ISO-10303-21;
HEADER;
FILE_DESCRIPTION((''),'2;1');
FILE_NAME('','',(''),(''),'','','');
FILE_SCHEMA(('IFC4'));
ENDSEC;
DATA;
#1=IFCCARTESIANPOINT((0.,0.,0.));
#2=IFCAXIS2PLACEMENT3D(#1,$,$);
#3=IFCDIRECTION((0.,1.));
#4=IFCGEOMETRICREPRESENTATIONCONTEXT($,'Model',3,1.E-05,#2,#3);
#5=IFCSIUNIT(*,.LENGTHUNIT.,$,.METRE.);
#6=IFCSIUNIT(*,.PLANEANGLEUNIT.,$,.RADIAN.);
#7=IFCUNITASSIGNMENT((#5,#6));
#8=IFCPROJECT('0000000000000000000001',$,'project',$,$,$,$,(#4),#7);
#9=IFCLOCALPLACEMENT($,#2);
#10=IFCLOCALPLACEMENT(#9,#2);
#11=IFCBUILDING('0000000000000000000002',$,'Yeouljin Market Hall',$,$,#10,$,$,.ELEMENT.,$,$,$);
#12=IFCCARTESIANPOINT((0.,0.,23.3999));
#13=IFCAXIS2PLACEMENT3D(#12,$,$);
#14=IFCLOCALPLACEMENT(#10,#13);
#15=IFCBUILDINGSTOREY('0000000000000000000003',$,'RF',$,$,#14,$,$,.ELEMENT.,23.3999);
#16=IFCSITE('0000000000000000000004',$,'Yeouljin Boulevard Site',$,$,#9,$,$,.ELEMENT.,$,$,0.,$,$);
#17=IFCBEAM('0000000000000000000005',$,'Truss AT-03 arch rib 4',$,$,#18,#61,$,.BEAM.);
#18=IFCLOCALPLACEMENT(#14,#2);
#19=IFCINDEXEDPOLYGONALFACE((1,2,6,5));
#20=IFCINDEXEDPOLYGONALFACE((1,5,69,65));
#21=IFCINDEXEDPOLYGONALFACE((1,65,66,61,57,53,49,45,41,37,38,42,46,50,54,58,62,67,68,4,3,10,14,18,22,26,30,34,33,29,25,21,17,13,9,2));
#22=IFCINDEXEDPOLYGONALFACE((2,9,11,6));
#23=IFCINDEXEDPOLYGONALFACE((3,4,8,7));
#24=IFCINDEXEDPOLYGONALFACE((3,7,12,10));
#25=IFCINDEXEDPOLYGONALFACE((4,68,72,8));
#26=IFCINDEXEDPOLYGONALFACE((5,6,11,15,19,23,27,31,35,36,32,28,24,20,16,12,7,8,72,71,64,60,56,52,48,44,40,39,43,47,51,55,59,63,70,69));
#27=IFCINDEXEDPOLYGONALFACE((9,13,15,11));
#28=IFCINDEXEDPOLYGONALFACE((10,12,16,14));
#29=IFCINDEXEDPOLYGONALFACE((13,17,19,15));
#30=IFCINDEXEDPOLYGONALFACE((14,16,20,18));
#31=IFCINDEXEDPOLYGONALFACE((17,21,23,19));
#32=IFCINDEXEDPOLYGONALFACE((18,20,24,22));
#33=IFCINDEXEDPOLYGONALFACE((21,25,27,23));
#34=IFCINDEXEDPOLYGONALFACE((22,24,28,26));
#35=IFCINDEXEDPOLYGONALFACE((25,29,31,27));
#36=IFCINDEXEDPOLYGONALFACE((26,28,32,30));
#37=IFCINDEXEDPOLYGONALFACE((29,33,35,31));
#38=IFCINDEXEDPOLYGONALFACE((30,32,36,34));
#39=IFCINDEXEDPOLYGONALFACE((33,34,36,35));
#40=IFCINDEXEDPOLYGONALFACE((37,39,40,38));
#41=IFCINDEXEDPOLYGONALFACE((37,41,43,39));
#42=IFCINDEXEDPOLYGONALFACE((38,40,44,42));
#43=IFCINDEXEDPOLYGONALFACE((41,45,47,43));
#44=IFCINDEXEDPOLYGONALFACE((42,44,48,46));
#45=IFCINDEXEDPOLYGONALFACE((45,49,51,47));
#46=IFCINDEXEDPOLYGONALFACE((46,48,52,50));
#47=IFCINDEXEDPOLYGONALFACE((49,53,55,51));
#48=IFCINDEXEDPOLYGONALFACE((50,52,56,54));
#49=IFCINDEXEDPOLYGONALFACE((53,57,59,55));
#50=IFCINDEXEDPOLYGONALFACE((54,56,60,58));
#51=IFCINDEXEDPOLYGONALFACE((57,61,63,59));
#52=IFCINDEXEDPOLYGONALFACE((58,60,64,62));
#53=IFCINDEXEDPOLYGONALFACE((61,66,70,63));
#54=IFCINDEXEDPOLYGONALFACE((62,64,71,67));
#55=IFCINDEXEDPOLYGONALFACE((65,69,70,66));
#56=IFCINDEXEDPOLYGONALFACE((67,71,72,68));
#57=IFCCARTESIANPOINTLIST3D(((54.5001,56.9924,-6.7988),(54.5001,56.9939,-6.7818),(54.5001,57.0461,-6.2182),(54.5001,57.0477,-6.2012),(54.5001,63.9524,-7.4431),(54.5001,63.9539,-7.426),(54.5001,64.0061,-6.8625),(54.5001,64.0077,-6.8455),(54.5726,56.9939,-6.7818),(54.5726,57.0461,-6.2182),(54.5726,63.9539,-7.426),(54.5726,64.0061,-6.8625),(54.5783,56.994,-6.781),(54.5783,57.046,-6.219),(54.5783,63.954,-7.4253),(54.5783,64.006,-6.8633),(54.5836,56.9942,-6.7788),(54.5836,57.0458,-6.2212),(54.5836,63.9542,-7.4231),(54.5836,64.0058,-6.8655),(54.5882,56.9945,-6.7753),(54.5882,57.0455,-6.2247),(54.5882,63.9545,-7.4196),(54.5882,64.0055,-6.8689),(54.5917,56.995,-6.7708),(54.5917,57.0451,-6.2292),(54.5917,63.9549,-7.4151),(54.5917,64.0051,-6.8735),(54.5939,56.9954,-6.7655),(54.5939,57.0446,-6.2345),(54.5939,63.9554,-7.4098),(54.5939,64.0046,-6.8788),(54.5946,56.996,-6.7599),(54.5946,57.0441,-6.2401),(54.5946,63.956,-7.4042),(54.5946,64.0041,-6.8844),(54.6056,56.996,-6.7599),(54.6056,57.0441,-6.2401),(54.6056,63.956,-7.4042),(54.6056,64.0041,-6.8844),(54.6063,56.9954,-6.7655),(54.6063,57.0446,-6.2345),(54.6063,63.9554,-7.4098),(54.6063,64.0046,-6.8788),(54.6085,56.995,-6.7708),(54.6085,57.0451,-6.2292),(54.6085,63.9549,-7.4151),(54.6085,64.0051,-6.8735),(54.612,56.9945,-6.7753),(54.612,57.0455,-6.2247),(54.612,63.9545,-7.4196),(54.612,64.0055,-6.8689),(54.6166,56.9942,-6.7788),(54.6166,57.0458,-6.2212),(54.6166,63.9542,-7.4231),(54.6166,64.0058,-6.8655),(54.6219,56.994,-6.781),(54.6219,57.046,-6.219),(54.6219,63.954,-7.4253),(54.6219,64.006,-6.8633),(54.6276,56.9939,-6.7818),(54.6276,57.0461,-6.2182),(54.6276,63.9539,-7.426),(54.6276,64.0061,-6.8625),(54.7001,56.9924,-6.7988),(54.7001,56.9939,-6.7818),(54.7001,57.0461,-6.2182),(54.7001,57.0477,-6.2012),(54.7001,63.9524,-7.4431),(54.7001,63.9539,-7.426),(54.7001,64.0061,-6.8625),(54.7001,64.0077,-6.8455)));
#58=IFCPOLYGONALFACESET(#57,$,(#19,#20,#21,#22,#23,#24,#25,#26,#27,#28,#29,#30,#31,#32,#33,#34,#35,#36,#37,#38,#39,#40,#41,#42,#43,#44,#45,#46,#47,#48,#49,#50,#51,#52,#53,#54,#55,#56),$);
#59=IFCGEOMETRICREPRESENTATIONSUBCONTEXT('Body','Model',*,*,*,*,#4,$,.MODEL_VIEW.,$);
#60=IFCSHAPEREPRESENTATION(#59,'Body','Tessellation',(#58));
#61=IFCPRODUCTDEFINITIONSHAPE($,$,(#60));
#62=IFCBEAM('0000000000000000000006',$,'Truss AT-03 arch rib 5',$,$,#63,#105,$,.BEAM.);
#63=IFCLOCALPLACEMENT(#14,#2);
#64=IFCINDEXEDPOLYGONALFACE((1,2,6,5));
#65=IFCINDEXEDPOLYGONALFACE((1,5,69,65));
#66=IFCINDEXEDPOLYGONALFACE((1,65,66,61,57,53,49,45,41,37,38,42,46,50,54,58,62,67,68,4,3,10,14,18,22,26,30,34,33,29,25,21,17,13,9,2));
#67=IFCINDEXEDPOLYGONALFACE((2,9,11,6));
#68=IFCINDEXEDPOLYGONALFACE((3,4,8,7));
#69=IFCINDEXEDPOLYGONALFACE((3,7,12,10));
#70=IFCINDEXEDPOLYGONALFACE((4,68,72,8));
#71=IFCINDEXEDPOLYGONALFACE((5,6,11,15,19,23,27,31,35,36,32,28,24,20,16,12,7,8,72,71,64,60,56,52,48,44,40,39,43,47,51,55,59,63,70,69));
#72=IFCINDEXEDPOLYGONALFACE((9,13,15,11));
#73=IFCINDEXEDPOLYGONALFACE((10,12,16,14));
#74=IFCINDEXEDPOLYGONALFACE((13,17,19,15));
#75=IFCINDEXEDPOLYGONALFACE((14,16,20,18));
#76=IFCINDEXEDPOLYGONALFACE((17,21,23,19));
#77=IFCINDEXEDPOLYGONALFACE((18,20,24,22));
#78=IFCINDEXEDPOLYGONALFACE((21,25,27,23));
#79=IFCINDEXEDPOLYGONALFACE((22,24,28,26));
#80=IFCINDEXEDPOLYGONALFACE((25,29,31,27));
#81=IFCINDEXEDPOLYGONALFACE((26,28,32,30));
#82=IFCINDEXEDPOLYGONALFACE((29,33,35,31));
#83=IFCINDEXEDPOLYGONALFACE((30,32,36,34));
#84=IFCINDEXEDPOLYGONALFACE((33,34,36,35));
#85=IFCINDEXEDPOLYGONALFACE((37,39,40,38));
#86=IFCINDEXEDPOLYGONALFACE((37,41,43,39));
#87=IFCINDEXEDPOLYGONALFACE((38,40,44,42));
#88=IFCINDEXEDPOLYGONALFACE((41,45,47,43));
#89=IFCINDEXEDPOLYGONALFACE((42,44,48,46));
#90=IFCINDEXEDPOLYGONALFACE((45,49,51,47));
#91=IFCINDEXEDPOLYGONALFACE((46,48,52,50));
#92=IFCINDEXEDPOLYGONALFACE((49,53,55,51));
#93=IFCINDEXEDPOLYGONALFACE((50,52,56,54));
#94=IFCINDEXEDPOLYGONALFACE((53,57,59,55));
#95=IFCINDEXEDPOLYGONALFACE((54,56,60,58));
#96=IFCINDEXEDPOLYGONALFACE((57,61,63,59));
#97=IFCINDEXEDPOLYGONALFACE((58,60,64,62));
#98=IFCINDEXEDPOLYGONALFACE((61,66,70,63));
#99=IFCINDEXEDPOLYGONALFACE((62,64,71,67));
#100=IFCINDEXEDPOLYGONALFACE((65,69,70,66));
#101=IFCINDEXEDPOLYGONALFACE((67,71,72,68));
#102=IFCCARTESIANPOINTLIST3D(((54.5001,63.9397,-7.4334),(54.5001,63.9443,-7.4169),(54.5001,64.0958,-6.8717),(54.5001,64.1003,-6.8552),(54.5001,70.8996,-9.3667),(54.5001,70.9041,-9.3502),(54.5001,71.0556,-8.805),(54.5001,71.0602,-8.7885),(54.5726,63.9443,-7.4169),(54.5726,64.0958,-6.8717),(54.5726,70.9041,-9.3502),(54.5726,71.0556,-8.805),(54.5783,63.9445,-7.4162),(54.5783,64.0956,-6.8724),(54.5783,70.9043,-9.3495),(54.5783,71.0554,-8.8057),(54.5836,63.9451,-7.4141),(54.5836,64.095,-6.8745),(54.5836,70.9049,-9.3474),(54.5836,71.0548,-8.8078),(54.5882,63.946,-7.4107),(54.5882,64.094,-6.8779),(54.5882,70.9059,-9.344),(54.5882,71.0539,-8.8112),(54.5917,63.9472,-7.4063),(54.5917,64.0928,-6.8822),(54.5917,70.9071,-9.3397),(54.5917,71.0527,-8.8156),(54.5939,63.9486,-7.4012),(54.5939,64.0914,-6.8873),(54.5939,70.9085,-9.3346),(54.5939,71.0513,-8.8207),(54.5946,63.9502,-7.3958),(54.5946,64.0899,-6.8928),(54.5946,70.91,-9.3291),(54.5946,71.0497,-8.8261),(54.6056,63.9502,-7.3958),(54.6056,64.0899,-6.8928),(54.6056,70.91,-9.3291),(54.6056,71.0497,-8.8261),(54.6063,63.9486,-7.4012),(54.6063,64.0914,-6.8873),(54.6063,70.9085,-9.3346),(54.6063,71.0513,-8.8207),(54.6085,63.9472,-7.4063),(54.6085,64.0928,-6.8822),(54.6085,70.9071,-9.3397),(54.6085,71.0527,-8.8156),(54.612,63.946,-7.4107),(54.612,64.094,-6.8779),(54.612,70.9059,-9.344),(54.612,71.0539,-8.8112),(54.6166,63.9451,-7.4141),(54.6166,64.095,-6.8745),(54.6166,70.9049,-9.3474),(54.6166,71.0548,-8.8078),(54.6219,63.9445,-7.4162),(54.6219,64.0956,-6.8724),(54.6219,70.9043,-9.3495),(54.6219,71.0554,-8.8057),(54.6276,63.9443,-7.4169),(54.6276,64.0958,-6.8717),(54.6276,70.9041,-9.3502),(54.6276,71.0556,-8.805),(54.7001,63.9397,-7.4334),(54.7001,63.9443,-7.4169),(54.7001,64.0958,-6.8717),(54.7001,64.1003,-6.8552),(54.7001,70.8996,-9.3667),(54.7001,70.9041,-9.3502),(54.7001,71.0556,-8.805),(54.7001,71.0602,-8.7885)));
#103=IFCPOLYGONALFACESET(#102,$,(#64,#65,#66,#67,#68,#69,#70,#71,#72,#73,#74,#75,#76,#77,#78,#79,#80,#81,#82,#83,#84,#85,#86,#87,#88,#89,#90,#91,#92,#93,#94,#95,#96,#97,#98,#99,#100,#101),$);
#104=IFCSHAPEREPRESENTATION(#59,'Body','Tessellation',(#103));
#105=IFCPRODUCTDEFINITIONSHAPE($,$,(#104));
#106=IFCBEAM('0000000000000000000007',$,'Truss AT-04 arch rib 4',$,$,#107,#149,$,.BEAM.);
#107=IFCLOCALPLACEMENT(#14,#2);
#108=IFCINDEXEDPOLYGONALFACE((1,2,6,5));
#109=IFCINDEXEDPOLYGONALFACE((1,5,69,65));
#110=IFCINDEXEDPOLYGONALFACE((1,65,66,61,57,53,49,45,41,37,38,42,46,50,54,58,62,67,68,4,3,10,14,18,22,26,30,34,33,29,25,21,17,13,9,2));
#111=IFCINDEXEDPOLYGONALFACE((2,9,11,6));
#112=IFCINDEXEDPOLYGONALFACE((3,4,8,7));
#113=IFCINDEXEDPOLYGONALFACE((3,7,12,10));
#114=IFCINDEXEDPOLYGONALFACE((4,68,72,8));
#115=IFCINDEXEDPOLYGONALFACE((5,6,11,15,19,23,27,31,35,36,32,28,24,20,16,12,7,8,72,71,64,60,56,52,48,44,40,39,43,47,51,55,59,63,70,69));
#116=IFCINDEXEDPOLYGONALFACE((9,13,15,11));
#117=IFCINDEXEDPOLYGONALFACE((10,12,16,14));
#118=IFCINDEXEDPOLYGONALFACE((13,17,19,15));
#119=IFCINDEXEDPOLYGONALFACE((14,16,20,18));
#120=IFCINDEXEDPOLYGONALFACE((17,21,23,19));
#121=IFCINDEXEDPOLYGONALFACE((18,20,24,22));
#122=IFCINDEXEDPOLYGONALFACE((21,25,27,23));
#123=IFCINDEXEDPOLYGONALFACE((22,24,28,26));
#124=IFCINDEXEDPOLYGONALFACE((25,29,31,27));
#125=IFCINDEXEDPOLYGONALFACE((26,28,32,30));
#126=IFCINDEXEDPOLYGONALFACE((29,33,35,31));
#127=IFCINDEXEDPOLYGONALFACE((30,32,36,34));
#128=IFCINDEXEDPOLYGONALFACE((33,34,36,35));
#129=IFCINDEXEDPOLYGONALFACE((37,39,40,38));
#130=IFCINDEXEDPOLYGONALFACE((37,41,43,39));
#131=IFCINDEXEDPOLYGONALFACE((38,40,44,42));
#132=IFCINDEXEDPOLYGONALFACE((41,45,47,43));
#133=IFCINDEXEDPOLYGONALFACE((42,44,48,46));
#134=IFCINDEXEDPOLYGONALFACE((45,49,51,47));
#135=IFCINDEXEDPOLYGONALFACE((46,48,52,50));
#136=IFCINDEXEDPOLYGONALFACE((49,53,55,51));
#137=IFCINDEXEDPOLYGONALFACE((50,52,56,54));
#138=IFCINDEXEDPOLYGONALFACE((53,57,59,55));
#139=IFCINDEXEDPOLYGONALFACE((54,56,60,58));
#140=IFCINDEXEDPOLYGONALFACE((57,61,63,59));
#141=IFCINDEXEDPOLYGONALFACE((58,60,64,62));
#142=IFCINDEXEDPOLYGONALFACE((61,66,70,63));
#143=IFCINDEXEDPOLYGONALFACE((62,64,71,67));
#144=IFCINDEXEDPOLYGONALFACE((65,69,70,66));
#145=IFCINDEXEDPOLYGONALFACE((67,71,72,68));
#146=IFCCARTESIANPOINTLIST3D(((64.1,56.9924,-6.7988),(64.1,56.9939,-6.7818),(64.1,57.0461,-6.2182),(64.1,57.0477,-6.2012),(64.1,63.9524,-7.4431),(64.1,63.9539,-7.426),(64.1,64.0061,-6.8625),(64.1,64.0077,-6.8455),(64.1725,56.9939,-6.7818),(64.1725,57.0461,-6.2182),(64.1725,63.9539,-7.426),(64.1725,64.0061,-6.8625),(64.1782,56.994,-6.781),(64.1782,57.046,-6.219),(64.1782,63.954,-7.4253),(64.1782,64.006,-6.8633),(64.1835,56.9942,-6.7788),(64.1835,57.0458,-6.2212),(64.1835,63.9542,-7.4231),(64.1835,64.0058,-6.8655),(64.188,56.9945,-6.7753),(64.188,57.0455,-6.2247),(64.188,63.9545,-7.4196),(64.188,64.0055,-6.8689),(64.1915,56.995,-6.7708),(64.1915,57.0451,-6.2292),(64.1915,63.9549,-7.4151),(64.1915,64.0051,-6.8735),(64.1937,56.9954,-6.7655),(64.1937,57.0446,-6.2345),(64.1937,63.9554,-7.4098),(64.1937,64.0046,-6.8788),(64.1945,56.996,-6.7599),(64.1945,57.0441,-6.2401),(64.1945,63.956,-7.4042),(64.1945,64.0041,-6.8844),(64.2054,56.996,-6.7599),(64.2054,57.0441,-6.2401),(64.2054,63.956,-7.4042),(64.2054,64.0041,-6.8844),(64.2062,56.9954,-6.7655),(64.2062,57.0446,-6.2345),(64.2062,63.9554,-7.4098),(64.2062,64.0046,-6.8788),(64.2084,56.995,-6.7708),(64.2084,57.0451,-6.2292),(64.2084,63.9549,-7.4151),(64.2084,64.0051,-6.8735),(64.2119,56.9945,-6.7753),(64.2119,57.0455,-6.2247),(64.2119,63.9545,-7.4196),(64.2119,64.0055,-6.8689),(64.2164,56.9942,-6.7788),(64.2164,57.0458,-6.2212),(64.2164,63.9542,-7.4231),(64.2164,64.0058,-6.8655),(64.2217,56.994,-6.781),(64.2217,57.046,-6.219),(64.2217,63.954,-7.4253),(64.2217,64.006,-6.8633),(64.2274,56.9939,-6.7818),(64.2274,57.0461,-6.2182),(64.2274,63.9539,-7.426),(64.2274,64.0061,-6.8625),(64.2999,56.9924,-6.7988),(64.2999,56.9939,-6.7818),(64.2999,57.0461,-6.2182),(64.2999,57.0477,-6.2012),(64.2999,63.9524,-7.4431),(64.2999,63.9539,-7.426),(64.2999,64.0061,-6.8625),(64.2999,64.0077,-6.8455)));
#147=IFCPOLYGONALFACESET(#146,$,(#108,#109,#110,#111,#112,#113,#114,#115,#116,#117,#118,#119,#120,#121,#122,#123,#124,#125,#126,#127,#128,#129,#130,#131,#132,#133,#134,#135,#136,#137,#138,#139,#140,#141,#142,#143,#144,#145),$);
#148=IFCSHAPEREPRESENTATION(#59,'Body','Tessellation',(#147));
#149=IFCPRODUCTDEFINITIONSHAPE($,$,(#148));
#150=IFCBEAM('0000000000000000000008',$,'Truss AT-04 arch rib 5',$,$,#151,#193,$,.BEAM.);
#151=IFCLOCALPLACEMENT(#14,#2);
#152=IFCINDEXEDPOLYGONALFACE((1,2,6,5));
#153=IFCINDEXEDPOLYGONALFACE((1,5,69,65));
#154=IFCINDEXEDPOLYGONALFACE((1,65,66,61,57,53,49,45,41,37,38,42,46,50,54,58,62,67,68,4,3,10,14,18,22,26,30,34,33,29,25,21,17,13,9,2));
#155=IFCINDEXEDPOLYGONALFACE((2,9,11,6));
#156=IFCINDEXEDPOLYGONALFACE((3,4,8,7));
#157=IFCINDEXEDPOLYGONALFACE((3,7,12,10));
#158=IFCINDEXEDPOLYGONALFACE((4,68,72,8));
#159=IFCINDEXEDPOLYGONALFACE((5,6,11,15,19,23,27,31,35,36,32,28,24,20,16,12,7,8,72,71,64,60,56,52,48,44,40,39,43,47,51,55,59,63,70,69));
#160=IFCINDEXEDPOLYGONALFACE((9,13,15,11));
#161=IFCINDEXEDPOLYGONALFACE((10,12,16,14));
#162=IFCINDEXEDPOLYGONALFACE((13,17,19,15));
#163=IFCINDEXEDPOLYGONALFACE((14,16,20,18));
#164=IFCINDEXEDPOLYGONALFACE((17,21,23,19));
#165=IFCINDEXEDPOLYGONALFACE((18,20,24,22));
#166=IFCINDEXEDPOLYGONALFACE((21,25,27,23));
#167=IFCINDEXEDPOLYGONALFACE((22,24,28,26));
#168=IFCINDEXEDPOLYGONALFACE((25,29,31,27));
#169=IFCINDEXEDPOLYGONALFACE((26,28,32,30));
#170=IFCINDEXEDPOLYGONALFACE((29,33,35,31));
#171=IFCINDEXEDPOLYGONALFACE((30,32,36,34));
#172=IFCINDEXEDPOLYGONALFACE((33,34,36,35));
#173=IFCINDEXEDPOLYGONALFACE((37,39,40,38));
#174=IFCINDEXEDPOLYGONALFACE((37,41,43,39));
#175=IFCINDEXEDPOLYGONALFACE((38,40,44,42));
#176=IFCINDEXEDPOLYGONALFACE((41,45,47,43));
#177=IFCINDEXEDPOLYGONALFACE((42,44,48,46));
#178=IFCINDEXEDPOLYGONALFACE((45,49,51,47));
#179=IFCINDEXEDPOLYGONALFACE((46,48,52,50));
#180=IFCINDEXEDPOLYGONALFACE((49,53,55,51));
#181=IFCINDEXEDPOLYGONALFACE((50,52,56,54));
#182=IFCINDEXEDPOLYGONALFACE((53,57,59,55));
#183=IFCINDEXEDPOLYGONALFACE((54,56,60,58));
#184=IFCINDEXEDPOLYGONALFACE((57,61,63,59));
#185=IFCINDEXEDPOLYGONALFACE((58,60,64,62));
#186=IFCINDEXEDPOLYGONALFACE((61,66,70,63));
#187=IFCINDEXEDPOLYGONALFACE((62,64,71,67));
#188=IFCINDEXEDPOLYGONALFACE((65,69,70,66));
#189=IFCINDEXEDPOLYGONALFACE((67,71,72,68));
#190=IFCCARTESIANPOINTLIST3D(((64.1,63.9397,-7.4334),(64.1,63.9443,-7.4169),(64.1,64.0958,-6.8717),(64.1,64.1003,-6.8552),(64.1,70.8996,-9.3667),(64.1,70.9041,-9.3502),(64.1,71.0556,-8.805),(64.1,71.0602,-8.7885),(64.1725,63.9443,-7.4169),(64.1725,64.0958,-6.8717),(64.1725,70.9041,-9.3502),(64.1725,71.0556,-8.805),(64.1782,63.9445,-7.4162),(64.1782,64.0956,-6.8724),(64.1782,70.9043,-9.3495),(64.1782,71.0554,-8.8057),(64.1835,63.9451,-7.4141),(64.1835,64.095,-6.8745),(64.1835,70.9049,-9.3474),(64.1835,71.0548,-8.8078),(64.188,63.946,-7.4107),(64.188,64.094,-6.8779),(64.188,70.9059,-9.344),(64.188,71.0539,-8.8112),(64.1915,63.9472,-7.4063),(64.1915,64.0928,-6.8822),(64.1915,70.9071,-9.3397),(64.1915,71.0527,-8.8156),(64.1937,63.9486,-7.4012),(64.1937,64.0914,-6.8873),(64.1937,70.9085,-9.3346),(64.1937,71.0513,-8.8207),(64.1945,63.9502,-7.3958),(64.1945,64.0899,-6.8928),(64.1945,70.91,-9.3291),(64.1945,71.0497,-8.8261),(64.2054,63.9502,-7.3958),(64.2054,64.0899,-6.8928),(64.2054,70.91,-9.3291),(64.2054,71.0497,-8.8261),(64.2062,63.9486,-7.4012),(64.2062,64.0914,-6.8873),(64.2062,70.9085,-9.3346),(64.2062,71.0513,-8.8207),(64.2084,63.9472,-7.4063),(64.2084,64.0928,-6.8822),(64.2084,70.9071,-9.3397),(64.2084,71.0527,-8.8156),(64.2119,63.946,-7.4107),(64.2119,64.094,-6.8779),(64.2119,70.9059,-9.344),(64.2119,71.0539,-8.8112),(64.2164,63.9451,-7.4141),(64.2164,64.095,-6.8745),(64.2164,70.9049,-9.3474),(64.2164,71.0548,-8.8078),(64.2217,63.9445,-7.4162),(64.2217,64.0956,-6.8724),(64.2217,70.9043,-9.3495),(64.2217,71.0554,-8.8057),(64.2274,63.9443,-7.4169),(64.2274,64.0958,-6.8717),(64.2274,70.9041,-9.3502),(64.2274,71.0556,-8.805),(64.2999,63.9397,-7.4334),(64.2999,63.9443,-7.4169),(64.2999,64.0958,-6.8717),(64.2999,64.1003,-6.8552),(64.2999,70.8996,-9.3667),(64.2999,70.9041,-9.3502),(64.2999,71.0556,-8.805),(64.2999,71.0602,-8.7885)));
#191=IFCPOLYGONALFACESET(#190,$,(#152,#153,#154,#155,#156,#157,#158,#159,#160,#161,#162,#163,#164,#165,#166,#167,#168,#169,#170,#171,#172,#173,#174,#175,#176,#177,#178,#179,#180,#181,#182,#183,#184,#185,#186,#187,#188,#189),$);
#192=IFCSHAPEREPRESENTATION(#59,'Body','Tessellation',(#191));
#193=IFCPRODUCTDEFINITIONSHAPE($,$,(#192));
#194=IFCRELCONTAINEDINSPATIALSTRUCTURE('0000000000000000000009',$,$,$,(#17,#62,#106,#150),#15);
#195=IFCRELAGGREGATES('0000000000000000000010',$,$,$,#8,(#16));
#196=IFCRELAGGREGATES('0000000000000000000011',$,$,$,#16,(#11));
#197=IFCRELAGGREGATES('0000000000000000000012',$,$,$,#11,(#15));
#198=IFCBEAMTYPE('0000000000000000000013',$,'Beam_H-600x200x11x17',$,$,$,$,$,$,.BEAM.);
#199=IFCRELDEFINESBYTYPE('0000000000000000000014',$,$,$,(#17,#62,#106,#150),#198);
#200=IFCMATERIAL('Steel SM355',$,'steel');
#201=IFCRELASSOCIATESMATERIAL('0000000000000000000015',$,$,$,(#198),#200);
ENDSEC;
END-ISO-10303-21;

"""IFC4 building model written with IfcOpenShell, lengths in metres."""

from ifc_helpers import new_model, si_unit, direction, frame, origin, origin_2d, place, context, subcontext, project, spatial, i_section, extrude, material, material_profile, profile_set, type_object, element, save


model = new_model("IFC4")

# Units and contexts
model_context = context("Model", 3, precision=1e-05, world=origin(), true_north=direction((0.0, 1.0)))
body_context = subcontext(model_context, "Body", "Model", "MODEL_VIEW")
ifc_project = project(units=[si_unit("LENGTHUNIT", "METRE"), si_unit("PLANEANGLEUNIT", "RADIAN")], contexts=[model_context])

# Site, building, storey
site_placement = place(None, origin())
site = spatial("IfcSite", under=ifc_project, at=site_placement, Name="Yeouljin Boulevard Site", CompositionType="ELEMENT", RefElevation=0.0)
building_placement = place(site_placement, origin())
building = spatial("IfcBuilding", under=site, at=building_placement, Name="Yeouljin Market Hall", CompositionType="ELEMENT")
storey_placement = place(building_placement, frame((0.0, 0.0, 23.3999)))
storey = spatial("IfcBuildingStorey", under=building, at=storey_placement, Name="RF", CompositionType="ELEMENT", Elevation=23.3999)

# Beams
ifc_material_1 = material(Name="Steel SM355", Category="steel")
ifc_material_profile_1 = material_profile(ifc_material_1, i_section(OverallWidth=0.2, OverallDepth=0.6001, WebThickness=0.011, FlangeThickness=0.0171, FilletRadius=0.022, at=origin_2d()), Name="H-600x200x11x17")
ifc_profile_set_1 = profile_set([ifc_material_profile_1], Name="Steel SM355")
beam_type = type_object("IfcBeamType", Name="Beam_H-600x200x11x17", PredefinedType="BEAM", material=ifc_profile_set_1)
beam_1_placement = place(storey_placement, frame((54.6001, 57.02, -6.5), z_axis=(0.0, 0.995743, -0.092176), x_axis=(-1.0, 0.0, 0.0)))
element("IfcBeam", 1, at=beam_1_placement, inside=storey, type_object=beam_type, Name="Truss AT-03 arch rib 4", PredefinedType="BEAM", context=body_context, shape_type="SweptSolid", body=[
    extrude(i_section(OverallWidth=0.2, OverallDepth=0.6001, WebThickness=0.011, FlangeThickness=0.0171, FilletRadius=0.022, at=origin_2d()), origin(), (0.0, 0.0, 1.0), 6.9897),
])
beam_2_placement = place(storey_placement, frame((54.6001, 64.02, -7.1443), z_axis=(0.0, 0.963517, -0.267647), x_axis=(-1.0, 0.0, 0.0)))
element("IfcBeam", 2, at=beam_2_placement, inside=storey, type_object=beam_type, Name="Truss AT-03 arch rib 5", PredefinedType="BEAM", context=body_context, shape_type="SweptSolid", body=[
    extrude(i_section(OverallWidth=0.2, OverallDepth=0.6001, WebThickness=0.011, FlangeThickness=0.0171, FilletRadius=0.022, at=origin_2d()), origin(), (0.0, 0.0, 1.0), 7.2234),
])
beam_3_placement = place(storey_placement, frame((64.2, 57.02, -6.5), z_axis=(0.0, 0.995743, -0.092176), x_axis=(-1.0, 0.0, 0.0)))
element("IfcBeam", 3, at=beam_3_placement, inside=storey, type_object=beam_type, Name="Truss AT-04 arch rib 4", PredefinedType="BEAM", context=body_context, shape_type="SweptSolid", body=[
    extrude(i_section(OverallWidth=0.2, OverallDepth=0.6001, WebThickness=0.011, FlangeThickness=0.0171, FilletRadius=0.022, at=origin_2d()), origin(), (0.0, 0.0, 1.0), 6.9897),
])
beam_4_placement = place(storey_placement, frame((64.2, 64.02, -7.1443), z_axis=(0.0, 0.963517, -0.267647), x_axis=(-1.0, 0.0, 0.0)))
element("IfcBeam", 4, at=beam_4_placement, inside=storey, type_object=beam_type, Name="Truss AT-04 arch rib 5", PredefinedType="BEAM", context=body_context, shape_type="SweptSolid", body=[
    extrude(i_section(OverallWidth=0.2, OverallDepth=0.6001, WebThickness=0.011, FlangeThickness=0.0171, FilletRadius=0.022, at=origin_2d()), origin(), (0.0, 0.0, 1.0), 7.2234),
])

save(model, "model.ifc")
